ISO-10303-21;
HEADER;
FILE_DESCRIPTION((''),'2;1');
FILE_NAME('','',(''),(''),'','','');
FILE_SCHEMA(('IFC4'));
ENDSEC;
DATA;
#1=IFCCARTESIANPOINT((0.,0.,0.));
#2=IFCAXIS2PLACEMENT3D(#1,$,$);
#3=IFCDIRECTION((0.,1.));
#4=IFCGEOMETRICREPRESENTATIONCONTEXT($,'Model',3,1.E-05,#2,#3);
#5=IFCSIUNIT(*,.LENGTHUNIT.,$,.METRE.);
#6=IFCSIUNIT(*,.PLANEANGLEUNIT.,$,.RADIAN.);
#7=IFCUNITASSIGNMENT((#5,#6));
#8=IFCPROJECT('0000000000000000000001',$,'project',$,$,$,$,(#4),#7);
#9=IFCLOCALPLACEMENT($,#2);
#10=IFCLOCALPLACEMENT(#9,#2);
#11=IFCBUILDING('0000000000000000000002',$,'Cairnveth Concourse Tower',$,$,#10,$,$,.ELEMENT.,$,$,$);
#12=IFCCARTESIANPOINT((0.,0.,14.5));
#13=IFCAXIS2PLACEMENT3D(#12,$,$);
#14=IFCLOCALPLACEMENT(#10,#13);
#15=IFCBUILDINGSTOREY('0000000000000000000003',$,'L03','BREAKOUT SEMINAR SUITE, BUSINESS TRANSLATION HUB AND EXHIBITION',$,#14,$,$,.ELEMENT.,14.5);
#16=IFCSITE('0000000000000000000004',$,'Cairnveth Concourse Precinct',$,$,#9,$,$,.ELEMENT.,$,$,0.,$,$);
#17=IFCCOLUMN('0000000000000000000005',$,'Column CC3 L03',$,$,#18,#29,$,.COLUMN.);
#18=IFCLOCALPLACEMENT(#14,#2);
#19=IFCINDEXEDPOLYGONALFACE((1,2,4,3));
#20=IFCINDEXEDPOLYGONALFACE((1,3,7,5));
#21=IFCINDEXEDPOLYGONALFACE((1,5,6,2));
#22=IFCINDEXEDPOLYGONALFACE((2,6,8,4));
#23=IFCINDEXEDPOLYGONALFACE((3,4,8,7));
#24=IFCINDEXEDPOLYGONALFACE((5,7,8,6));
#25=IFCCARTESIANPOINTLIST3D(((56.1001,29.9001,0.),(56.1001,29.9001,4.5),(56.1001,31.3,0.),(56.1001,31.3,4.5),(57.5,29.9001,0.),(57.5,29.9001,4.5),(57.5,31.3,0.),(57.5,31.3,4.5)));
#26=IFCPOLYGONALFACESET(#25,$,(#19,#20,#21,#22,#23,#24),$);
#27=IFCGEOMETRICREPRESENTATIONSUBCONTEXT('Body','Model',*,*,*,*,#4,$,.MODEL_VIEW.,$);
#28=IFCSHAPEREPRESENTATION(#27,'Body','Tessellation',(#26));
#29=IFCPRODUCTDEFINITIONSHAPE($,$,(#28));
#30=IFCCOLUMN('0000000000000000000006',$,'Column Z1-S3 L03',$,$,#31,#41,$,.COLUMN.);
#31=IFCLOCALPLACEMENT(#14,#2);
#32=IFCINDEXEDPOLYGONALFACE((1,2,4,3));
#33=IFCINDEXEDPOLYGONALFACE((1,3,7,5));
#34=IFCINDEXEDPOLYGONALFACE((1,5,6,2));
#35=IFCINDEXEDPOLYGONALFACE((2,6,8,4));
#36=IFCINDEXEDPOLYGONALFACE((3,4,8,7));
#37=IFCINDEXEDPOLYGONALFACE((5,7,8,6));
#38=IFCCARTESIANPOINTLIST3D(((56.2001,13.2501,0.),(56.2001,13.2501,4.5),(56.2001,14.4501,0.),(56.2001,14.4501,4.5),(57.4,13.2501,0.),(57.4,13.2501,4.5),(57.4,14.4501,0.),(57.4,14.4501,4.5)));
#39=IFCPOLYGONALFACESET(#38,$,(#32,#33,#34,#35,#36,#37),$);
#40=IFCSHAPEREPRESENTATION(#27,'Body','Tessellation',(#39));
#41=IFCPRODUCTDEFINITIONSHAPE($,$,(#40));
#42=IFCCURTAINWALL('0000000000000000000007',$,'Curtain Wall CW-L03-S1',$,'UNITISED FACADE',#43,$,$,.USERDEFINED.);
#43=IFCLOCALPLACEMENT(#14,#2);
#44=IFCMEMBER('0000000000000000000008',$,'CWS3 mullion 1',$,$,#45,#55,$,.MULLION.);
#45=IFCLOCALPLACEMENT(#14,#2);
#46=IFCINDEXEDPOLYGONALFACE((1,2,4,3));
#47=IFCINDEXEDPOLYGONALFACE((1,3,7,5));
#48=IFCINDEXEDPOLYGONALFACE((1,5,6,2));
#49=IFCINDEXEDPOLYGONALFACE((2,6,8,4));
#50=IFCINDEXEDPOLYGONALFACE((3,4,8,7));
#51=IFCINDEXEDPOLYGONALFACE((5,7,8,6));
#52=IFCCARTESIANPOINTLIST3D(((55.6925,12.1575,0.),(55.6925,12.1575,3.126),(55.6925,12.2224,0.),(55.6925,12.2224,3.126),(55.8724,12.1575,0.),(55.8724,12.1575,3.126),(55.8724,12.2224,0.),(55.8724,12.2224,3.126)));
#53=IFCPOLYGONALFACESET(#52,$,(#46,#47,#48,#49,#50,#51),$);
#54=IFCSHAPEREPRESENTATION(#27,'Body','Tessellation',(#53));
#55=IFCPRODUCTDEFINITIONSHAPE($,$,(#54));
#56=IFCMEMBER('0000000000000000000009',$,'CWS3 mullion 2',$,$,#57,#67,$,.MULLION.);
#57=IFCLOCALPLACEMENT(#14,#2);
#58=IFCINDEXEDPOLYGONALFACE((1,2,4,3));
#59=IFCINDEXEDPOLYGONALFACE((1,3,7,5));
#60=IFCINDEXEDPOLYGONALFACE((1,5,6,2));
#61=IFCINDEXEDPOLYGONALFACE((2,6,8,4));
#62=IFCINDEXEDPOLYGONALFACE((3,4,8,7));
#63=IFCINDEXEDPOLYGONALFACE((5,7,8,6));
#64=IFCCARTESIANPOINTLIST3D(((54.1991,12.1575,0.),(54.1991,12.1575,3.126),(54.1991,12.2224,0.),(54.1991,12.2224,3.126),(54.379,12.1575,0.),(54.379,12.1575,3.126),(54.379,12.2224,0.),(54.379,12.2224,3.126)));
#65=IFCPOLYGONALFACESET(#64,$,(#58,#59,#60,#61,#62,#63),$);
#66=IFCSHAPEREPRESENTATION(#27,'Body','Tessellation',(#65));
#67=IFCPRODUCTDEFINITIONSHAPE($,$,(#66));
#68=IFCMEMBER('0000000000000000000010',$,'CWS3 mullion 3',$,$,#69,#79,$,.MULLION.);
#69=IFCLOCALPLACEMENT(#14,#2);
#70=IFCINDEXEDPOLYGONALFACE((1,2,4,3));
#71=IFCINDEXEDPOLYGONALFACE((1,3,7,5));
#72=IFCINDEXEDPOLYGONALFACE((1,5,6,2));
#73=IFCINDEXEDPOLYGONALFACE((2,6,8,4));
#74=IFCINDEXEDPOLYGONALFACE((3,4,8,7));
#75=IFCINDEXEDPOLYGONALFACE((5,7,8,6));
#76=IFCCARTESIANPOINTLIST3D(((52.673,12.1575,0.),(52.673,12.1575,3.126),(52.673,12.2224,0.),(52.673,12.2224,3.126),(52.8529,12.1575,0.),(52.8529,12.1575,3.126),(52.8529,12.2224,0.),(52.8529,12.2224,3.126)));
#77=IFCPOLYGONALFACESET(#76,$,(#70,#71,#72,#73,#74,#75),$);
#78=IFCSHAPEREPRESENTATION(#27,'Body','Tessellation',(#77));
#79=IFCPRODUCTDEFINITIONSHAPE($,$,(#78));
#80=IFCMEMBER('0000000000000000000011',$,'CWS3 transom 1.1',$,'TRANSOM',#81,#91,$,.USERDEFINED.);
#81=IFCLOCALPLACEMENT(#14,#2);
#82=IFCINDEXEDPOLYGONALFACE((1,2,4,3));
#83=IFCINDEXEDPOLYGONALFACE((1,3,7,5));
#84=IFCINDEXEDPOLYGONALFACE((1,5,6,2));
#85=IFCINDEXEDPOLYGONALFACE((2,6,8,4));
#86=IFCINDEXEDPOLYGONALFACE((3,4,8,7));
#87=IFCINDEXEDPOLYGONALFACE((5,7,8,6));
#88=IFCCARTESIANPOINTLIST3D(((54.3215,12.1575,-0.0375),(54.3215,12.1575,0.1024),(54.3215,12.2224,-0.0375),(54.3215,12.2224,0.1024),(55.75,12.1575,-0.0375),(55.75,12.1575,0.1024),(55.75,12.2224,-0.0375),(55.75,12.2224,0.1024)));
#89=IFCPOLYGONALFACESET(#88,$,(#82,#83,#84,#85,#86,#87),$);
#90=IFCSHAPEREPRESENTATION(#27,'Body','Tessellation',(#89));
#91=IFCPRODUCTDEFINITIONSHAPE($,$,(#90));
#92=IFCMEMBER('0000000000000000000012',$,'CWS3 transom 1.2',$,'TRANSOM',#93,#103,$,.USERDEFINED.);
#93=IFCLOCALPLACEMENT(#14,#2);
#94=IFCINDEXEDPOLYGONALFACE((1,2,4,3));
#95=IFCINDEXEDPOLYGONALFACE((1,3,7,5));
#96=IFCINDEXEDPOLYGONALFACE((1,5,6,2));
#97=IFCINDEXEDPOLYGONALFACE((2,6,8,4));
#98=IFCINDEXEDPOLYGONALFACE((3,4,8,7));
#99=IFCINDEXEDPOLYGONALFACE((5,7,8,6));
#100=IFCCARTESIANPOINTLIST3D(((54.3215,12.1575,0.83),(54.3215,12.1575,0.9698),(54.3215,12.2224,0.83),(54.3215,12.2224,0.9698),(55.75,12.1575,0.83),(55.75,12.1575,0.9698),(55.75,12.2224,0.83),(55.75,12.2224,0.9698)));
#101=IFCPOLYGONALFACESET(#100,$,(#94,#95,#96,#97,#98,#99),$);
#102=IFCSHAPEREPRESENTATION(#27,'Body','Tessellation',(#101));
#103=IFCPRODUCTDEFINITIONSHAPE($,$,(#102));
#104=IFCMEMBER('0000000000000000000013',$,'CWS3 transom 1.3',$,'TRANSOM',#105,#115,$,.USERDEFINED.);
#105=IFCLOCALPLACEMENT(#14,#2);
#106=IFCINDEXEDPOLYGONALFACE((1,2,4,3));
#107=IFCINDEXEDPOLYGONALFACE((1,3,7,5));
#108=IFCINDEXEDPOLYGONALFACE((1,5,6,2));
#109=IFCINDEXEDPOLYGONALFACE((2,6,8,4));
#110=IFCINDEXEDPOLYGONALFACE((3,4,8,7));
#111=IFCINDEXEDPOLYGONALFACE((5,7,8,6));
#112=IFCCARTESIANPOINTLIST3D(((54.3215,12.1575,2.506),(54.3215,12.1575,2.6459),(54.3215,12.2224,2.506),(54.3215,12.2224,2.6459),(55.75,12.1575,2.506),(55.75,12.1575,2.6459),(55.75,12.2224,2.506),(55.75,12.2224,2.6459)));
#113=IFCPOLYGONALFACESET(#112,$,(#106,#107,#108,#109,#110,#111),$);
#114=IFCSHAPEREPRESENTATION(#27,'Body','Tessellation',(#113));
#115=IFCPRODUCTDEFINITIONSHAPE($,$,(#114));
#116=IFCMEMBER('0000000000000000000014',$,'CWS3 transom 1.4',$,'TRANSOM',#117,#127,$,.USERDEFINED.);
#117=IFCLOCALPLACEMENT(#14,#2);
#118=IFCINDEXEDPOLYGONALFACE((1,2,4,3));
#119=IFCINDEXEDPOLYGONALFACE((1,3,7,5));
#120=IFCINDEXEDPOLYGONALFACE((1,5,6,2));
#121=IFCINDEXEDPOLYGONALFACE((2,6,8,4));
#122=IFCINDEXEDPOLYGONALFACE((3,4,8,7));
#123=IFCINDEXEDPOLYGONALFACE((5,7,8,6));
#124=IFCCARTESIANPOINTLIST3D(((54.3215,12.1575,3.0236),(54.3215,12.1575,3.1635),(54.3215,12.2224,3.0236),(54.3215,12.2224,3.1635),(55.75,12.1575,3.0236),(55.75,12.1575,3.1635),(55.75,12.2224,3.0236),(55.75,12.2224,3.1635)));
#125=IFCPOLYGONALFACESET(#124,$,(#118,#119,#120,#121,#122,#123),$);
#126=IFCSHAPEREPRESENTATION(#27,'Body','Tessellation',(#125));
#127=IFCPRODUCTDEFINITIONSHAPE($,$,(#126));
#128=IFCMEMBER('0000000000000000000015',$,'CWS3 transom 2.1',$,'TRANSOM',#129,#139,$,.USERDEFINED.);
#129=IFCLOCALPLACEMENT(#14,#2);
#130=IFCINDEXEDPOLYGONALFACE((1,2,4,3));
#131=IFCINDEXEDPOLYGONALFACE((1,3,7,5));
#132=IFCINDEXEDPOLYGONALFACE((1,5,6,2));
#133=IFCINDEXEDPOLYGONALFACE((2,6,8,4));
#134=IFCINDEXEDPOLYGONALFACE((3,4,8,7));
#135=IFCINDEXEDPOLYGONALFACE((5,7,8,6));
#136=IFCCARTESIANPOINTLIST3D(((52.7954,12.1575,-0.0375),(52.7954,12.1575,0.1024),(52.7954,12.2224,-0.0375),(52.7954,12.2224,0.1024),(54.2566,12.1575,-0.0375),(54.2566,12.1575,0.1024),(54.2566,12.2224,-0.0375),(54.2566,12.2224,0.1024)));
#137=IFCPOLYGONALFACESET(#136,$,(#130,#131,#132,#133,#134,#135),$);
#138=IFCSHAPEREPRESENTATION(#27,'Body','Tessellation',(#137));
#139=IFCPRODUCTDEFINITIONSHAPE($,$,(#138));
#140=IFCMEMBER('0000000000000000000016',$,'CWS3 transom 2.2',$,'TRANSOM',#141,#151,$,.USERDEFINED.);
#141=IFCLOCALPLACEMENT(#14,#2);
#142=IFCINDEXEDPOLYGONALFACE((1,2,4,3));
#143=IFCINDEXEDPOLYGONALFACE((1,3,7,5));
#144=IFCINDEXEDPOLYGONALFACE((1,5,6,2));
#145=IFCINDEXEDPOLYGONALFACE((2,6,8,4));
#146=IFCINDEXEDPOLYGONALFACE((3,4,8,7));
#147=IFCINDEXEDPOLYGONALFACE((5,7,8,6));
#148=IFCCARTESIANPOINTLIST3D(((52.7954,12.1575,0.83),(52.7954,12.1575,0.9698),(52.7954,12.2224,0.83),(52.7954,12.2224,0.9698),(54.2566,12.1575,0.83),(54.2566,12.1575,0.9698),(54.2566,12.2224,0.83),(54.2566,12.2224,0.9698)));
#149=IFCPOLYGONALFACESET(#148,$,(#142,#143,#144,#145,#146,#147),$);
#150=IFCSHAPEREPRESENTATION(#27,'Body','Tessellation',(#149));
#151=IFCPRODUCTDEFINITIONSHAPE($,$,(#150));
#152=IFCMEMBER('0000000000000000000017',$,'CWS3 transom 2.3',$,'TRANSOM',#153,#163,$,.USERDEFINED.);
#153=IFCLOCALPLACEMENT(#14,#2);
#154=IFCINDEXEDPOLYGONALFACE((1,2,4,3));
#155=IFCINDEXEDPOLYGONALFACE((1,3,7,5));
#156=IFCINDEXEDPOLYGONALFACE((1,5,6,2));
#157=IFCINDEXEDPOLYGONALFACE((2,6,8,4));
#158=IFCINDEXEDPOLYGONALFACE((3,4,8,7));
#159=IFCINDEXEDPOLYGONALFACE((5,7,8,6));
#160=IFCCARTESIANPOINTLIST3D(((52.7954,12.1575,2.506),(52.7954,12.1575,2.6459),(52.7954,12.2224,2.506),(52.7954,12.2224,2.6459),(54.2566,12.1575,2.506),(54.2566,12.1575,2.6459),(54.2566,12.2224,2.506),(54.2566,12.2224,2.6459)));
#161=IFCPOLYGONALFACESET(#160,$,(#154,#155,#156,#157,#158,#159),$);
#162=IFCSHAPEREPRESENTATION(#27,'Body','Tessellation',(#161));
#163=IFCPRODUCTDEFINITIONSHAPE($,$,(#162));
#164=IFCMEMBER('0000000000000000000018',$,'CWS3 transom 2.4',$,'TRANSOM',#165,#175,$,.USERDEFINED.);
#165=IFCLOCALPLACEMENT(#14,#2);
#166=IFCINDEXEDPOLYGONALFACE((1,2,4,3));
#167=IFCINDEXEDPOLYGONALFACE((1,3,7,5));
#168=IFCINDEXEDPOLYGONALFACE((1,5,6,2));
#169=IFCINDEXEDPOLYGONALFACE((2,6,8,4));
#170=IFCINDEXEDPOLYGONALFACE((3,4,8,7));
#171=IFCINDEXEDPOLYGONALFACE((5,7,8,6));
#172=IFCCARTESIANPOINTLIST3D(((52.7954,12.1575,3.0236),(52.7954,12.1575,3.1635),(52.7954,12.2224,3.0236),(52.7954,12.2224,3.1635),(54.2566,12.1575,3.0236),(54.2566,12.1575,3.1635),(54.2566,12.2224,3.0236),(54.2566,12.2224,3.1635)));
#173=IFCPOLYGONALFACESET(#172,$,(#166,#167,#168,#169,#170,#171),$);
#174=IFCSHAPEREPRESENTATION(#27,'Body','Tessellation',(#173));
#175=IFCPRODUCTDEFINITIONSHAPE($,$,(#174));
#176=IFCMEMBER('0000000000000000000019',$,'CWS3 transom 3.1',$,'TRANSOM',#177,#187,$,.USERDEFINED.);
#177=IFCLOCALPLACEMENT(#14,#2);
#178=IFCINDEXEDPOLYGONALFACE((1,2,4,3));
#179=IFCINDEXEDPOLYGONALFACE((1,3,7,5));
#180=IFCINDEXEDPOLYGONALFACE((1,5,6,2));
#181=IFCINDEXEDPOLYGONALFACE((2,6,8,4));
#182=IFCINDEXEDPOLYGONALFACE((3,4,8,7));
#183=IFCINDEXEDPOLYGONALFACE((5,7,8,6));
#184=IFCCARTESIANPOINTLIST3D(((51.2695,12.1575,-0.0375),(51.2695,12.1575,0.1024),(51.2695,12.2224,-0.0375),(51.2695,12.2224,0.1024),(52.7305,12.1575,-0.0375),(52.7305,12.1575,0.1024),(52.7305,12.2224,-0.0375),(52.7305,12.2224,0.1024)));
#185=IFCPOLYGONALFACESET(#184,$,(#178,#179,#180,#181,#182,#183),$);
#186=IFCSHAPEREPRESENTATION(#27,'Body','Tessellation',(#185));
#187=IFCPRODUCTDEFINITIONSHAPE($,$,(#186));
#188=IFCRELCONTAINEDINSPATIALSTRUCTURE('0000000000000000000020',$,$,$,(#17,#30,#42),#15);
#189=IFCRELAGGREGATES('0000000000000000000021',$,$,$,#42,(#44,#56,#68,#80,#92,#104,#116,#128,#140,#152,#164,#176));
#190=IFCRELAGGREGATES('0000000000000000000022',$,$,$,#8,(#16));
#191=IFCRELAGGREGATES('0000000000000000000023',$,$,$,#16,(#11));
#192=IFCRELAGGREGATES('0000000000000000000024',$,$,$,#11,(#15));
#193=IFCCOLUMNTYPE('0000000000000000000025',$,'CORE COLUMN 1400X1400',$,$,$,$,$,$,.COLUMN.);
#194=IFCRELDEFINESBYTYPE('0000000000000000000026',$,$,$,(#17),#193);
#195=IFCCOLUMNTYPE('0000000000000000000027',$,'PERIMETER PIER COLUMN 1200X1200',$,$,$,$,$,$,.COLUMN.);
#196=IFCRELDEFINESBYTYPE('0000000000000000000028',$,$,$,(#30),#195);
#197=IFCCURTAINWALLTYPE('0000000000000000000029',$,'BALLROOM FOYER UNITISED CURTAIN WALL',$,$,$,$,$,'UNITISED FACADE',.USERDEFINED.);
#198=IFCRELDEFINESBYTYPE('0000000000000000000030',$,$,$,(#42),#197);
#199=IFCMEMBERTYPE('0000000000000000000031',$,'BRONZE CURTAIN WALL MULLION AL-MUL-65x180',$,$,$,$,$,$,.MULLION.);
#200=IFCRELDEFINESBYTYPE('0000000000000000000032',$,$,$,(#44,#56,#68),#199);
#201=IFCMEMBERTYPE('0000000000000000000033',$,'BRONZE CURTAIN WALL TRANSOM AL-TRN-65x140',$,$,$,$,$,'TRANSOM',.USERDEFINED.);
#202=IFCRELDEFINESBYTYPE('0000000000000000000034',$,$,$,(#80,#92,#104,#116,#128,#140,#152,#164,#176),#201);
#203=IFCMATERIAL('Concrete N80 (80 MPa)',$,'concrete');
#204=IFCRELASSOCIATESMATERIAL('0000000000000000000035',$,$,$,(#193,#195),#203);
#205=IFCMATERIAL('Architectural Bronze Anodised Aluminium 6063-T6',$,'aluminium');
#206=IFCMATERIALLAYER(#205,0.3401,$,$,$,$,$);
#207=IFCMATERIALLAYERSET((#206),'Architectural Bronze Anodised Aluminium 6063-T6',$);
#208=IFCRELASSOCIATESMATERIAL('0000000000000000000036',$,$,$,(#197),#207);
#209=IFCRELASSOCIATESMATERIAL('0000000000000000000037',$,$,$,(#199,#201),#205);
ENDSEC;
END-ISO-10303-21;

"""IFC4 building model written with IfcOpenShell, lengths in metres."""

from ifc_helpers import new_model, si_unit, direction, frame, origin, origin_2d, place, context, subcontext, project, spatial, rectangle, extrude, material, layer, layer_set, material_profile, profile_set, type_object, element, aggregate, save


model = new_model("IFC4")

# Units and contexts
model_context = context("Model", 3, precision=1e-05, world=origin(), true_north=direction((0.0, 1.0)))
body_context = subcontext(model_context, "Body", "Model", "MODEL_VIEW")
ifc_project = project(units=[si_unit("LENGTHUNIT", "METRE"), si_unit("PLANEANGLEUNIT", "RADIAN")], contexts=[model_context])

# Site, building, storey
site_placement = place(None, origin())
site = spatial("IfcSite", under=ifc_project, at=site_placement, Name="Cairnveth Concourse Precinct", CompositionType="ELEMENT", RefElevation=0.0)
building_placement = place(site_placement, origin())
building = spatial("IfcBuilding", under=site, at=building_placement, Name="Cairnveth Concourse Tower", CompositionType="ELEMENT")
storey_placement = place(building_placement, frame((0.0, 0.0, 14.5)))
storey = spatial("IfcBuildingStorey", under=building, at=storey_placement, Name="L03", Description="BREAKOUT SEMINAR SUITE, BUSINESS TRANSLATION HUB AND EXHIBITION", CompositionType="ELEMENT", Elevation=14.5)

# Columns
ifc_material_1 = material(Name="Concrete N80 (80 MPa)", Category="concrete")
ifc_material_profile_1 = material_profile(ifc_material_1, rectangle(XDim=1.3999, YDim=1.3999, at=origin_2d()), Name="RC-COL-1400x1400")
ifc_profile_set_1 = profile_set([ifc_material_profile_1], Name="Concrete N80 (80 MPa)")
column_type_1 = type_object("IfcColumnType", Name="CORE COLUMN 1400X1400", PredefinedType="COLUMN", material=ifc_profile_set_1)
column_1_placement = place(storey_placement, frame((56.8, 30.6001, 0.0), z_axis=(0.0, 0.0, 1.0), x_axis=(1.0, 0.0, 0.0)))
element("IfcColumn", 1, at=column_1_placement, inside=storey, type_object=column_type_1, Name="Column CC3 L03", PredefinedType="COLUMN", context=body_context, shape_type="SweptSolid", body=[
    extrude(rectangle(XDim=1.3999, YDim=1.3999, at=origin_2d()), origin(), (0.0, 0.0, 1.0), 4.5),
])
ifc_material_profile_2 = material_profile(ifc_material_1, rectangle(XDim=1.2, YDim=1.2, at=origin_2d()), Name="RC-COL-1200x1200")
ifc_profile_set_2 = profile_set([ifc_material_profile_2], Name="Concrete N80 (80 MPa)")
column_type_2 = type_object("IfcColumnType", Name="PERIMETER PIER COLUMN 1200X1200", PredefinedType="COLUMN", material=ifc_profile_set_2)
column_2_placement = place(storey_placement, frame((56.8, 13.8501, 0.0), z_axis=(0.0, 0.0, 1.0), x_axis=(1.0, 0.0, 0.0)))
element("IfcColumn", 2, at=column_2_placement, inside=storey, type_object=column_type_2, Name="Column Z1-S3 L03", PredefinedType="COLUMN", context=body_context, shape_type="SweptSolid", body=[
    extrude(rectangle(XDim=1.2, YDim=1.2, at=origin_2d()), origin(), (0.0, 0.0, 1.0), 4.5),
])

# Curtain wall, members
ifc_material_2 = material(Name="Architectural Bronze Anodised Aluminium 6063-T6", Category="aluminium")
ifc_layer_1 = layer(ifc_material_2, 0.3401)
ifc_layer_set_1 = layer_set([ifc_layer_1], Name="Architectural Bronze Anodised Aluminium 6063-T6")
curtain_wall_type = type_object("IfcCurtainWallType", Name="BALLROOM FOYER UNITISED CURTAIN WALL", ElementType="UNITISED FACADE", PredefinedType="USERDEFINED", material=ifc_layer_set_1)
curtain_wall_placement = place(storey_placement, origin())
curtain_wall = element("IfcCurtainWall", 3, at=curtain_wall_placement, inside=storey, type_object=curtain_wall_type, Name="Curtain Wall CW-L03-S1", ObjectType="UNITISED FACADE", PredefinedType="USERDEFINED")
ifc_material_profile_3 = material_profile(ifc_material_2, rectangle(XDim=0.0649, YDim=0.1799, at=origin_2d()), Name="AL-MUL-65x180")
ifc_profile_set_3 = profile_set([ifc_material_profile_3], Name="Architectural Bronze Anodised Aluminium 6063-T6")
member_type_1 = type_object("IfcMemberType", Name="BRONZE CURTAIN WALL MULLION AL-MUL-65x180", PredefinedType="MULLION", material=ifc_profile_set_3)
member_1_placement = place(storey_placement, frame((55.7825, 12.1899, 0.0), z_axis=(0.0, 0.0, 1.0), x_axis=(0.0, -1.0, 0.0)))
member_1 = element("IfcMember", 4, at=member_1_placement, type_object=member_type_1, Name="CWS3 mullion 1", PredefinedType="MULLION", context=body_context, shape_type="SweptSolid", body=[
    extrude(rectangle(XDim=0.0649, YDim=0.1799, at=origin_2d()), origin(), (0.0, 0.0, 1.0), 3.126),
])
member_2_placement = place(storey_placement, frame((54.2891, 12.1899, 0.0), z_axis=(0.0, 0.0, 1.0), x_axis=(0.0, -1.0, 0.0)))
member_2 = element("IfcMember", 5, at=member_2_placement, type_object=member_type_1, Name="CWS3 mullion 2", PredefinedType="MULLION", context=body_context, shape_type="SweptSolid", body=[
    extrude(rectangle(XDim=0.0649, YDim=0.1799, at=origin_2d()), origin(), (0.0, 0.0, 1.0), 3.126),
])
member_3_placement = place(storey_placement, frame((52.7629, 12.1899, 0.0), z_axis=(0.0, 0.0, 1.0), x_axis=(0.0, -1.0, 0.0)))
member_3 = element("IfcMember", 6, at=member_3_placement, type_object=member_type_1, Name="CWS3 mullion 3", PredefinedType="MULLION", context=body_context, shape_type="SweptSolid", body=[
    extrude(rectangle(XDim=0.0649, YDim=0.1799, at=origin_2d()), origin(), (0.0, 0.0, 1.0), 3.126),
])
ifc_material_profile_4 = material_profile(ifc_material_2, rectangle(XDim=0.0649, YDim=0.1399, at=origin_2d()), Name="AL-TRN-65x140")
ifc_profile_set_4 = profile_set([ifc_material_profile_4], Name="Architectural Bronze Anodised Aluminium 6063-T6")
member_type_2 = type_object("IfcMemberType", Name="BRONZE CURTAIN WALL TRANSOM AL-TRN-65x140", ElementType="TRANSOM", PredefinedType="USERDEFINED", material=ifc_profile_set_4)
member_4_placement = place(storey_placement, frame((55.75, 12.1899, 0.0325), z_axis=(-1.0, 0.0, 0.0), x_axis=(0.0, -1.0, 0.0)))
member_4 = element("IfcMember", 7, at=member_4_placement, type_object=member_type_2, Name="CWS3 transom 1.1", ObjectType="TRANSOM", PredefinedType="USERDEFINED", context=body_context, shape_type="SweptSolid", body=[
    extrude(rectangle(XDim=0.0649, YDim=0.1399, at=origin_2d()), origin(), (0.0, 0.0, 1.0), 1.4285),
])
member_5_placement = place(storey_placement, frame((55.75, 12.1899, 0.8999), z_axis=(-1.0, 0.0, 0.0), x_axis=(0.0, -1.0, 0.0)))
member_5 = element("IfcMember", 8, at=member_5_placement, type_object=member_type_2, Name="CWS3 transom 1.2", ObjectType="TRANSOM", PredefinedType="USERDEFINED", context=body_context, shape_type="SweptSolid", body=[
    extrude(rectangle(XDim=0.0649, YDim=0.1399, at=origin_2d()), origin(), (0.0, 0.0, 1.0), 1.4285),
])
member_6_placement = place(storey_placement, frame((55.75, 12.1899, 2.5759), z_axis=(-1.0, 0.0, 0.0), x_axis=(0.0, -1.0, 0.0)))
member_6 = element("IfcMember", 9, at=member_6_placement, type_object=member_type_2, Name="CWS3 transom 1.3", ObjectType="TRANSOM", PredefinedType="USERDEFINED", context=body_context, shape_type="SweptSolid", body=[
    extrude(rectangle(XDim=0.0649, YDim=0.1399, at=origin_2d()), origin(), (0.0, 0.0, 1.0), 1.4285),
])
member_7_placement = place(storey_placement, frame((55.75, 12.1899, 3.0935), z_axis=(-1.0, 0.0, 0.0), x_axis=(0.0, -1.0, 0.0)))
member_7 = element("IfcMember", 10, at=member_7_placement, type_object=member_type_2, Name="CWS3 transom 1.4", ObjectType="TRANSOM", PredefinedType="USERDEFINED", context=body_context, shape_type="SweptSolid", body=[
    extrude(rectangle(XDim=0.0649, YDim=0.1399, at=origin_2d()), origin(), (0.0, 0.0, 1.0), 1.4285),
])
member_8_placement = place(storey_placement, frame((54.2566, 12.1899, 0.0325), z_axis=(-1.0, 0.0, 0.0), x_axis=(0.0, -1.0, 0.0)))
member_8 = element("IfcMember", 11, at=member_8_placement, type_object=member_type_2, Name="CWS3 transom 2.1", ObjectType="TRANSOM", PredefinedType="USERDEFINED", context=body_context, shape_type="SweptSolid", body=[
    extrude(rectangle(XDim=0.0649, YDim=0.1399, at=origin_2d()), origin(), (0.0, 0.0, 1.0), 1.4612),
])
member_9_placement = place(storey_placement, frame((54.2566, 12.1899, 0.8999), z_axis=(-1.0, 0.0, 0.0), x_axis=(0.0, -1.0, 0.0)))
member_9 = element("IfcMember", 12, at=member_9_placement, type_object=member_type_2, Name="CWS3 transom 2.2", ObjectType="TRANSOM", PredefinedType="USERDEFINED", context=body_context, shape_type="SweptSolid", body=[
    extrude(rectangle(XDim=0.0649, YDim=0.1399, at=origin_2d()), origin(), (0.0, 0.0, 1.0), 1.4612),
])
member_10_placement = place(storey_placement, frame((54.2566, 12.1899, 2.5759), z_axis=(-1.0, 0.0, 0.0), x_axis=(0.0, -1.0, 0.0)))
member_10 = element("IfcMember", 13, at=member_10_placement, type_object=member_type_2, Name="CWS3 transom 2.3", ObjectType="TRANSOM", PredefinedType="USERDEFINED", context=body_context, shape_type="SweptSolid", body=[
    extrude(rectangle(XDim=0.0649, YDim=0.1399, at=origin_2d()), origin(), (0.0, 0.0, 1.0), 1.4612),
])
member_11_placement = place(storey_placement, frame((54.2566, 12.1899, 3.0935), z_axis=(-1.0, 0.0, 0.0), x_axis=(0.0, -1.0, 0.0)))
member_11 = element("IfcMember", 14, at=member_11_placement, type_object=member_type_2, Name="CWS3 transom 2.4", ObjectType="TRANSOM", PredefinedType="USERDEFINED", context=body_context, shape_type="SweptSolid", body=[
    extrude(rectangle(XDim=0.0649, YDim=0.1399, at=origin_2d()), origin(), (0.0, 0.0, 1.0), 1.4612),
])
member_12_placement = place(storey_placement, frame((52.7305, 12.1899, 0.0325), z_axis=(-1.0, 0.0, 0.0), x_axis=(0.0, -1.0, 0.0)))
member_12 = element("IfcMember", 15, at=member_12_placement, type_object=member_type_2, Name="CWS3 transom 3.1", ObjectType="TRANSOM", PredefinedType="USERDEFINED", context=body_context, shape_type="SweptSolid", body=[
    extrude(rectangle(XDim=0.0649, YDim=0.1399, at=origin_2d()), origin(), (0.0, 0.0, 1.0), 1.4609),
])

aggregate(curtain_wall, [member_1, member_2, member_3, member_4, member_5, member_6, member_7, member_8, member_9, member_10, member_11, member_12])

save(model, "model.ifc")
